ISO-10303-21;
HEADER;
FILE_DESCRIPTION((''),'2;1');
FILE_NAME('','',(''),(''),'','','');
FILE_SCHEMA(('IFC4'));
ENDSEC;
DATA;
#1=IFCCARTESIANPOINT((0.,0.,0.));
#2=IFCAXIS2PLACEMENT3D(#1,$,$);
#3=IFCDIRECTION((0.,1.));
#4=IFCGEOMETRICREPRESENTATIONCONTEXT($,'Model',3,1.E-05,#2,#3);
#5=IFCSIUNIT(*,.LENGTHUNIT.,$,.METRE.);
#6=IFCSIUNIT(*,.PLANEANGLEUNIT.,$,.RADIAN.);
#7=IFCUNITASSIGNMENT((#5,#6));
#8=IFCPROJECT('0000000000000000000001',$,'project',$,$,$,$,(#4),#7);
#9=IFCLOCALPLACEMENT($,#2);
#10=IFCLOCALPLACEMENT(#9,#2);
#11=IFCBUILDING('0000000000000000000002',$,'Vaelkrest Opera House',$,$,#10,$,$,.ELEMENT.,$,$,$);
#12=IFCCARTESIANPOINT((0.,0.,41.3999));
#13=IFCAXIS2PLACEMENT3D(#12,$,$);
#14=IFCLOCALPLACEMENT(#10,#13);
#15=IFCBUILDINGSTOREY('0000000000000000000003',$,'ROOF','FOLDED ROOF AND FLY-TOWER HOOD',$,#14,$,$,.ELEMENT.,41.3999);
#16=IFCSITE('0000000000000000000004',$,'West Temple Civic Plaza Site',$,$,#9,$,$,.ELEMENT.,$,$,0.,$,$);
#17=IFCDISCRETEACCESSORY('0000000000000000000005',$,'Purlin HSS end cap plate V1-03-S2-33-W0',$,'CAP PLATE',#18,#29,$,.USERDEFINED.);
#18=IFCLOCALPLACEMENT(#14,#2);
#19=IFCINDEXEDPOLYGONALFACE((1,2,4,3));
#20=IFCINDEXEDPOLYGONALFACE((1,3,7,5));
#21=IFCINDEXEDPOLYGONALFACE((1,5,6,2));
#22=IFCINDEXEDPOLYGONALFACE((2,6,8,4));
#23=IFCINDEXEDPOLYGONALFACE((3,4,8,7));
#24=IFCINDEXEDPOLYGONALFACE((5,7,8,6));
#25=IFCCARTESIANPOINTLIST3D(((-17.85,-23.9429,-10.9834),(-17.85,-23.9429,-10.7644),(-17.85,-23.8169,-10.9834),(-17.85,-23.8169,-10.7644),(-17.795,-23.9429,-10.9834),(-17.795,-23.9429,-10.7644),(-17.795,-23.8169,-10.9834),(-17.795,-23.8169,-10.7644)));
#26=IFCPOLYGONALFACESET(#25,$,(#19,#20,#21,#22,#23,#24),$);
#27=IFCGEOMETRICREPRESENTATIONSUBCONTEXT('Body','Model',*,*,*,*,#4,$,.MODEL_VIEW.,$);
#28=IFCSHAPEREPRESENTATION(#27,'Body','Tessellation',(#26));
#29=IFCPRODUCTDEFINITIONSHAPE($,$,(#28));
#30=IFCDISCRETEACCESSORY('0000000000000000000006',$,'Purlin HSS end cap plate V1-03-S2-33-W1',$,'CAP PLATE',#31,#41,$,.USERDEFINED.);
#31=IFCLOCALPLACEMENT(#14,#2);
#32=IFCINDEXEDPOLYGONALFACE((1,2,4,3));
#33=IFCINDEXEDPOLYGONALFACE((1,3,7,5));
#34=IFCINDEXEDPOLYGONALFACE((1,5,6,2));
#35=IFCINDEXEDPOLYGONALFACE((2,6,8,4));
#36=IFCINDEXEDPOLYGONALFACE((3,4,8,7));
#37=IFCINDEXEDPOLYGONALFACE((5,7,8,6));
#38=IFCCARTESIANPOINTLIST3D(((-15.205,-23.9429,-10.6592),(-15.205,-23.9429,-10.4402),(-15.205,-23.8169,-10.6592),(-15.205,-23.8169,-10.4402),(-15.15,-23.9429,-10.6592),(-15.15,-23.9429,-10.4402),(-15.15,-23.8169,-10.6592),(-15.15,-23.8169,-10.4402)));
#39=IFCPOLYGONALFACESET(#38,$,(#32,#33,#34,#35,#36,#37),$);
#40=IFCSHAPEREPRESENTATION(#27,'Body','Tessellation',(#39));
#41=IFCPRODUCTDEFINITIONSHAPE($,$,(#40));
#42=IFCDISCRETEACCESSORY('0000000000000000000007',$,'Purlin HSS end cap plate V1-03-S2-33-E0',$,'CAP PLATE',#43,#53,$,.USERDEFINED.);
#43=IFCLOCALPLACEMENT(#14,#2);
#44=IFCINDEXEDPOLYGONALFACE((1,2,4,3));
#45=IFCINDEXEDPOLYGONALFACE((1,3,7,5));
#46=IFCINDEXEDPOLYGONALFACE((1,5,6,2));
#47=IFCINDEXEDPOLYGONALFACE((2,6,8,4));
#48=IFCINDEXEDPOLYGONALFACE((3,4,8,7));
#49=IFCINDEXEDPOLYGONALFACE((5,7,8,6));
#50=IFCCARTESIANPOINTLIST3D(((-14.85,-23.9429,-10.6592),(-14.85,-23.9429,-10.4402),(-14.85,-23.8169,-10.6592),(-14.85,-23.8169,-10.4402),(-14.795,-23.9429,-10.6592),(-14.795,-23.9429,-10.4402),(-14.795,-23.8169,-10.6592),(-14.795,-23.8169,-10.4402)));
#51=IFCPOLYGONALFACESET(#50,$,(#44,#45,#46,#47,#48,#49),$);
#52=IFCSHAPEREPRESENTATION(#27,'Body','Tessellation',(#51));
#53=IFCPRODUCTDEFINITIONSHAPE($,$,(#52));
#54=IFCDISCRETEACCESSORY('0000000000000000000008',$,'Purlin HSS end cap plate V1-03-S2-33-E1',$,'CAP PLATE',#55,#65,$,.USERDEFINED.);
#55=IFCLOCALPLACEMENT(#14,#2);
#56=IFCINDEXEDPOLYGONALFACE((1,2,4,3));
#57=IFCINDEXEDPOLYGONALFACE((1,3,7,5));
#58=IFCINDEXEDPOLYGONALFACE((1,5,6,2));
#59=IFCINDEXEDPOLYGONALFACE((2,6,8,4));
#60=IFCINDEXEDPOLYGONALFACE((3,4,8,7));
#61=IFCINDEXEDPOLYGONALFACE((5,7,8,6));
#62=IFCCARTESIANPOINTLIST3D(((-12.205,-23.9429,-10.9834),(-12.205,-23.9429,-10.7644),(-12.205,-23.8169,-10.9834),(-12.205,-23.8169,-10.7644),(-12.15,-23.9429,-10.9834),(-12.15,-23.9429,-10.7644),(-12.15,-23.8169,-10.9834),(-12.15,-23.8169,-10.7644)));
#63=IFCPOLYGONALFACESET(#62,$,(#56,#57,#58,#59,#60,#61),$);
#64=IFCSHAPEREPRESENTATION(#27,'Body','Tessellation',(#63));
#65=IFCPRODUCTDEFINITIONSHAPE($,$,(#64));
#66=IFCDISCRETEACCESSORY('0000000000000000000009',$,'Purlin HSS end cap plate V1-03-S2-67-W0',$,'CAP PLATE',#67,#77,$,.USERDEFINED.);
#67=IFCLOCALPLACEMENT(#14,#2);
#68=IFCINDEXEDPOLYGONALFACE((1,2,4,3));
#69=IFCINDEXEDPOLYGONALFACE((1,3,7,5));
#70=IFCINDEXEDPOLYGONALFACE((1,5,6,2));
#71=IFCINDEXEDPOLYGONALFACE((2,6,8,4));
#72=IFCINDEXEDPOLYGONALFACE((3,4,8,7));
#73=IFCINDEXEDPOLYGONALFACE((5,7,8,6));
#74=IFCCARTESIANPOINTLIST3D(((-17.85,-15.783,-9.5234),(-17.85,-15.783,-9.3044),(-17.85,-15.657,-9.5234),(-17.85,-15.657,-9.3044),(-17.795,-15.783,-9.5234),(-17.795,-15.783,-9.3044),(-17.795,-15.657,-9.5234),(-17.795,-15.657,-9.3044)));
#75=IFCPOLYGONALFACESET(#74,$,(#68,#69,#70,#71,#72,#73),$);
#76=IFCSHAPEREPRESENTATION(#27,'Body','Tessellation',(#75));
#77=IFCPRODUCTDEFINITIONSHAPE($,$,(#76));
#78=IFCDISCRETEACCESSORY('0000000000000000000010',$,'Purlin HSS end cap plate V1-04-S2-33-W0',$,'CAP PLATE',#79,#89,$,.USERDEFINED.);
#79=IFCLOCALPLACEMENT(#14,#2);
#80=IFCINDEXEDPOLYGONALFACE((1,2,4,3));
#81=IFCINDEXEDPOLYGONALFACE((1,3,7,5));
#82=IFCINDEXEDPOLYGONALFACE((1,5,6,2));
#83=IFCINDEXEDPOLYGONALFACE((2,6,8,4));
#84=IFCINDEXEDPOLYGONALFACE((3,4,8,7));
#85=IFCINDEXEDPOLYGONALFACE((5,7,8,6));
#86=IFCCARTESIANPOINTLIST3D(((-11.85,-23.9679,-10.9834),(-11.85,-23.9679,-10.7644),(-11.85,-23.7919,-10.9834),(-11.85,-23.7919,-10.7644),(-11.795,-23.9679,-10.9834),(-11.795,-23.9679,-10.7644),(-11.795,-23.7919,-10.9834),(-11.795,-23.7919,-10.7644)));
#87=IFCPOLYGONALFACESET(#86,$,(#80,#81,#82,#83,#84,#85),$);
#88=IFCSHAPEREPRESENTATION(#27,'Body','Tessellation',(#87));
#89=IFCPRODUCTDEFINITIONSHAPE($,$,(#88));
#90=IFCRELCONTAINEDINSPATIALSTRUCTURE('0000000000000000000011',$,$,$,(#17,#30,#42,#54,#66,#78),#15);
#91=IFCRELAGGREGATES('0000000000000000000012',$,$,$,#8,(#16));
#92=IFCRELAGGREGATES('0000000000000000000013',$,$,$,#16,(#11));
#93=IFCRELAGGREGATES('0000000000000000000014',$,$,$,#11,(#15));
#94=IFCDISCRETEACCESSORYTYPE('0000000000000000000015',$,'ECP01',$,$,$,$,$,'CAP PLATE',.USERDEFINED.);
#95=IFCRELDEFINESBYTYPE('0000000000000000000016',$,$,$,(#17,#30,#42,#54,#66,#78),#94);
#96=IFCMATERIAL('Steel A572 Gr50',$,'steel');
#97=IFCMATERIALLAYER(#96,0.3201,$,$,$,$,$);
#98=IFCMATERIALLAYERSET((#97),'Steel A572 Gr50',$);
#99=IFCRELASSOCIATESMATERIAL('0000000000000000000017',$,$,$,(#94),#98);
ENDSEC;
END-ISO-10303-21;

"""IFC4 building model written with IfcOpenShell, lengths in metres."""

from ifc_helpers import new_model, si_unit, direction, frame, origin, origin_2d, place, context, subcontext, project, spatial, rectangle, extrude, material, layer, layer_set, type_object, element, save


model = new_model("IFC4")

# Units and contexts
model_context = context("Model", 3, precision=1e-05, world=origin(), true_north=direction((0.0, 1.0)))
body_context = subcontext(model_context, "Body", "Model", "MODEL_VIEW")
ifc_project = project(units=[si_unit("LENGTHUNIT", "METRE"), si_unit("PLANEANGLEUNIT", "RADIAN")], contexts=[model_context])

# Site, building, storey
site_placement = place(None, origin())
site = spatial("IfcSite", under=ifc_project, at=site_placement, Name="West Temple Civic Plaza Site", CompositionType="ELEMENT", RefElevation=0.0)
building_placement = place(site_placement, origin())
building = spatial("IfcBuilding", under=site, at=building_placement, Name="Vaelkrest Opera House", CompositionType="ELEMENT")
storey_placement = place(building_placement, frame((0.0, 0.0, 41.3999)))
storey = spatial("IfcBuildingStorey", under=building, at=storey_placement, Name="ROOF", Description="FOLDED ROOF AND FLY-TOWER HOOD", CompositionType="ELEMENT", Elevation=41.3999)

# Shared definitions
ifc_material_1 = material(Name="Steel A572 Gr50", Category="steel")

# Discrete accessories
ifc_layer_1 = layer(ifc_material_1, 0.3201)
ifc_layer_set_1 = layer_set([ifc_layer_1], Name="Steel A572 Gr50")
discrete_accessory_type = type_object("IfcDiscreteAccessoryType", Name="ECP01", ElementType="CAP PLATE", PredefinedType="USERDEFINED", material=ifc_layer_set_1)
for number, where, z_axis, x_axis, name in (
    (1, (-17.8225, -23.8799, -10.9834), (0.0, 0.0, 1.0), (1.0, 0.0, 0.0), "Purlin HSS end cap plate V1-03-S2-33-W0"),
    (2, (-15.1775, -23.8799, -10.6592), (0.0, 0.0, 1.0), (1.0, 0.0, 0.0), "Purlin HSS end cap plate V1-03-S2-33-W1"),
    (3, (-14.8225, -23.8799, -10.6592), (0.0, 0.0, 1.0), (1.0, 0.0, 0.0), "Purlin HSS end cap plate V1-03-S2-33-E0"),
    (4, (-12.1775, -23.8799, -10.9834), (0.0, 0.0, 1.0), (1.0, 0.0, 0.0), "Purlin HSS end cap plate V1-03-S2-33-E1"),
    (5, (-17.8225, -15.72, -9.5234), (0.0, 0.0, 1.0), (1.0, 0.0, 0.0), "Purlin HSS end cap plate V1-03-S2-67-W0"),
):
    element("IfcDiscreteAccessory", number, at=place(storey_placement, frame(where, z_axis=z_axis, x_axis=x_axis)), inside=storey, type_object=discrete_accessory_type, Name=name, ObjectType="CAP PLATE", PredefinedType="USERDEFINED", context=body_context, shape_type="SweptSolid", body=[
        extrude(rectangle(XDim=0.0549, YDim=0.126, at=origin_2d()), origin(), (0.0, 0.0, 1.0), 0.219),
    ])
discrete_accessory_placement = place(storey_placement, frame((-11.8225, -23.8799, -10.9834), z_axis=(0.0, 0.0, 1.0), x_axis=(1.0, 0.0, 0.0)))
element("IfcDiscreteAccessory", 6, at=discrete_accessory_placement, inside=storey, type_object=discrete_accessory_type, Name="Purlin HSS end cap plate V1-04-S2-33-W0", ObjectType="CAP PLATE", PredefinedType="USERDEFINED", context=body_context, shape_type="SweptSolid", body=[
    extrude(rectangle(XDim=0.0549, YDim=0.176, at=origin_2d()), origin(), (0.0, 0.0, 1.0), 0.219),
])

save(model, "model.ifc")
